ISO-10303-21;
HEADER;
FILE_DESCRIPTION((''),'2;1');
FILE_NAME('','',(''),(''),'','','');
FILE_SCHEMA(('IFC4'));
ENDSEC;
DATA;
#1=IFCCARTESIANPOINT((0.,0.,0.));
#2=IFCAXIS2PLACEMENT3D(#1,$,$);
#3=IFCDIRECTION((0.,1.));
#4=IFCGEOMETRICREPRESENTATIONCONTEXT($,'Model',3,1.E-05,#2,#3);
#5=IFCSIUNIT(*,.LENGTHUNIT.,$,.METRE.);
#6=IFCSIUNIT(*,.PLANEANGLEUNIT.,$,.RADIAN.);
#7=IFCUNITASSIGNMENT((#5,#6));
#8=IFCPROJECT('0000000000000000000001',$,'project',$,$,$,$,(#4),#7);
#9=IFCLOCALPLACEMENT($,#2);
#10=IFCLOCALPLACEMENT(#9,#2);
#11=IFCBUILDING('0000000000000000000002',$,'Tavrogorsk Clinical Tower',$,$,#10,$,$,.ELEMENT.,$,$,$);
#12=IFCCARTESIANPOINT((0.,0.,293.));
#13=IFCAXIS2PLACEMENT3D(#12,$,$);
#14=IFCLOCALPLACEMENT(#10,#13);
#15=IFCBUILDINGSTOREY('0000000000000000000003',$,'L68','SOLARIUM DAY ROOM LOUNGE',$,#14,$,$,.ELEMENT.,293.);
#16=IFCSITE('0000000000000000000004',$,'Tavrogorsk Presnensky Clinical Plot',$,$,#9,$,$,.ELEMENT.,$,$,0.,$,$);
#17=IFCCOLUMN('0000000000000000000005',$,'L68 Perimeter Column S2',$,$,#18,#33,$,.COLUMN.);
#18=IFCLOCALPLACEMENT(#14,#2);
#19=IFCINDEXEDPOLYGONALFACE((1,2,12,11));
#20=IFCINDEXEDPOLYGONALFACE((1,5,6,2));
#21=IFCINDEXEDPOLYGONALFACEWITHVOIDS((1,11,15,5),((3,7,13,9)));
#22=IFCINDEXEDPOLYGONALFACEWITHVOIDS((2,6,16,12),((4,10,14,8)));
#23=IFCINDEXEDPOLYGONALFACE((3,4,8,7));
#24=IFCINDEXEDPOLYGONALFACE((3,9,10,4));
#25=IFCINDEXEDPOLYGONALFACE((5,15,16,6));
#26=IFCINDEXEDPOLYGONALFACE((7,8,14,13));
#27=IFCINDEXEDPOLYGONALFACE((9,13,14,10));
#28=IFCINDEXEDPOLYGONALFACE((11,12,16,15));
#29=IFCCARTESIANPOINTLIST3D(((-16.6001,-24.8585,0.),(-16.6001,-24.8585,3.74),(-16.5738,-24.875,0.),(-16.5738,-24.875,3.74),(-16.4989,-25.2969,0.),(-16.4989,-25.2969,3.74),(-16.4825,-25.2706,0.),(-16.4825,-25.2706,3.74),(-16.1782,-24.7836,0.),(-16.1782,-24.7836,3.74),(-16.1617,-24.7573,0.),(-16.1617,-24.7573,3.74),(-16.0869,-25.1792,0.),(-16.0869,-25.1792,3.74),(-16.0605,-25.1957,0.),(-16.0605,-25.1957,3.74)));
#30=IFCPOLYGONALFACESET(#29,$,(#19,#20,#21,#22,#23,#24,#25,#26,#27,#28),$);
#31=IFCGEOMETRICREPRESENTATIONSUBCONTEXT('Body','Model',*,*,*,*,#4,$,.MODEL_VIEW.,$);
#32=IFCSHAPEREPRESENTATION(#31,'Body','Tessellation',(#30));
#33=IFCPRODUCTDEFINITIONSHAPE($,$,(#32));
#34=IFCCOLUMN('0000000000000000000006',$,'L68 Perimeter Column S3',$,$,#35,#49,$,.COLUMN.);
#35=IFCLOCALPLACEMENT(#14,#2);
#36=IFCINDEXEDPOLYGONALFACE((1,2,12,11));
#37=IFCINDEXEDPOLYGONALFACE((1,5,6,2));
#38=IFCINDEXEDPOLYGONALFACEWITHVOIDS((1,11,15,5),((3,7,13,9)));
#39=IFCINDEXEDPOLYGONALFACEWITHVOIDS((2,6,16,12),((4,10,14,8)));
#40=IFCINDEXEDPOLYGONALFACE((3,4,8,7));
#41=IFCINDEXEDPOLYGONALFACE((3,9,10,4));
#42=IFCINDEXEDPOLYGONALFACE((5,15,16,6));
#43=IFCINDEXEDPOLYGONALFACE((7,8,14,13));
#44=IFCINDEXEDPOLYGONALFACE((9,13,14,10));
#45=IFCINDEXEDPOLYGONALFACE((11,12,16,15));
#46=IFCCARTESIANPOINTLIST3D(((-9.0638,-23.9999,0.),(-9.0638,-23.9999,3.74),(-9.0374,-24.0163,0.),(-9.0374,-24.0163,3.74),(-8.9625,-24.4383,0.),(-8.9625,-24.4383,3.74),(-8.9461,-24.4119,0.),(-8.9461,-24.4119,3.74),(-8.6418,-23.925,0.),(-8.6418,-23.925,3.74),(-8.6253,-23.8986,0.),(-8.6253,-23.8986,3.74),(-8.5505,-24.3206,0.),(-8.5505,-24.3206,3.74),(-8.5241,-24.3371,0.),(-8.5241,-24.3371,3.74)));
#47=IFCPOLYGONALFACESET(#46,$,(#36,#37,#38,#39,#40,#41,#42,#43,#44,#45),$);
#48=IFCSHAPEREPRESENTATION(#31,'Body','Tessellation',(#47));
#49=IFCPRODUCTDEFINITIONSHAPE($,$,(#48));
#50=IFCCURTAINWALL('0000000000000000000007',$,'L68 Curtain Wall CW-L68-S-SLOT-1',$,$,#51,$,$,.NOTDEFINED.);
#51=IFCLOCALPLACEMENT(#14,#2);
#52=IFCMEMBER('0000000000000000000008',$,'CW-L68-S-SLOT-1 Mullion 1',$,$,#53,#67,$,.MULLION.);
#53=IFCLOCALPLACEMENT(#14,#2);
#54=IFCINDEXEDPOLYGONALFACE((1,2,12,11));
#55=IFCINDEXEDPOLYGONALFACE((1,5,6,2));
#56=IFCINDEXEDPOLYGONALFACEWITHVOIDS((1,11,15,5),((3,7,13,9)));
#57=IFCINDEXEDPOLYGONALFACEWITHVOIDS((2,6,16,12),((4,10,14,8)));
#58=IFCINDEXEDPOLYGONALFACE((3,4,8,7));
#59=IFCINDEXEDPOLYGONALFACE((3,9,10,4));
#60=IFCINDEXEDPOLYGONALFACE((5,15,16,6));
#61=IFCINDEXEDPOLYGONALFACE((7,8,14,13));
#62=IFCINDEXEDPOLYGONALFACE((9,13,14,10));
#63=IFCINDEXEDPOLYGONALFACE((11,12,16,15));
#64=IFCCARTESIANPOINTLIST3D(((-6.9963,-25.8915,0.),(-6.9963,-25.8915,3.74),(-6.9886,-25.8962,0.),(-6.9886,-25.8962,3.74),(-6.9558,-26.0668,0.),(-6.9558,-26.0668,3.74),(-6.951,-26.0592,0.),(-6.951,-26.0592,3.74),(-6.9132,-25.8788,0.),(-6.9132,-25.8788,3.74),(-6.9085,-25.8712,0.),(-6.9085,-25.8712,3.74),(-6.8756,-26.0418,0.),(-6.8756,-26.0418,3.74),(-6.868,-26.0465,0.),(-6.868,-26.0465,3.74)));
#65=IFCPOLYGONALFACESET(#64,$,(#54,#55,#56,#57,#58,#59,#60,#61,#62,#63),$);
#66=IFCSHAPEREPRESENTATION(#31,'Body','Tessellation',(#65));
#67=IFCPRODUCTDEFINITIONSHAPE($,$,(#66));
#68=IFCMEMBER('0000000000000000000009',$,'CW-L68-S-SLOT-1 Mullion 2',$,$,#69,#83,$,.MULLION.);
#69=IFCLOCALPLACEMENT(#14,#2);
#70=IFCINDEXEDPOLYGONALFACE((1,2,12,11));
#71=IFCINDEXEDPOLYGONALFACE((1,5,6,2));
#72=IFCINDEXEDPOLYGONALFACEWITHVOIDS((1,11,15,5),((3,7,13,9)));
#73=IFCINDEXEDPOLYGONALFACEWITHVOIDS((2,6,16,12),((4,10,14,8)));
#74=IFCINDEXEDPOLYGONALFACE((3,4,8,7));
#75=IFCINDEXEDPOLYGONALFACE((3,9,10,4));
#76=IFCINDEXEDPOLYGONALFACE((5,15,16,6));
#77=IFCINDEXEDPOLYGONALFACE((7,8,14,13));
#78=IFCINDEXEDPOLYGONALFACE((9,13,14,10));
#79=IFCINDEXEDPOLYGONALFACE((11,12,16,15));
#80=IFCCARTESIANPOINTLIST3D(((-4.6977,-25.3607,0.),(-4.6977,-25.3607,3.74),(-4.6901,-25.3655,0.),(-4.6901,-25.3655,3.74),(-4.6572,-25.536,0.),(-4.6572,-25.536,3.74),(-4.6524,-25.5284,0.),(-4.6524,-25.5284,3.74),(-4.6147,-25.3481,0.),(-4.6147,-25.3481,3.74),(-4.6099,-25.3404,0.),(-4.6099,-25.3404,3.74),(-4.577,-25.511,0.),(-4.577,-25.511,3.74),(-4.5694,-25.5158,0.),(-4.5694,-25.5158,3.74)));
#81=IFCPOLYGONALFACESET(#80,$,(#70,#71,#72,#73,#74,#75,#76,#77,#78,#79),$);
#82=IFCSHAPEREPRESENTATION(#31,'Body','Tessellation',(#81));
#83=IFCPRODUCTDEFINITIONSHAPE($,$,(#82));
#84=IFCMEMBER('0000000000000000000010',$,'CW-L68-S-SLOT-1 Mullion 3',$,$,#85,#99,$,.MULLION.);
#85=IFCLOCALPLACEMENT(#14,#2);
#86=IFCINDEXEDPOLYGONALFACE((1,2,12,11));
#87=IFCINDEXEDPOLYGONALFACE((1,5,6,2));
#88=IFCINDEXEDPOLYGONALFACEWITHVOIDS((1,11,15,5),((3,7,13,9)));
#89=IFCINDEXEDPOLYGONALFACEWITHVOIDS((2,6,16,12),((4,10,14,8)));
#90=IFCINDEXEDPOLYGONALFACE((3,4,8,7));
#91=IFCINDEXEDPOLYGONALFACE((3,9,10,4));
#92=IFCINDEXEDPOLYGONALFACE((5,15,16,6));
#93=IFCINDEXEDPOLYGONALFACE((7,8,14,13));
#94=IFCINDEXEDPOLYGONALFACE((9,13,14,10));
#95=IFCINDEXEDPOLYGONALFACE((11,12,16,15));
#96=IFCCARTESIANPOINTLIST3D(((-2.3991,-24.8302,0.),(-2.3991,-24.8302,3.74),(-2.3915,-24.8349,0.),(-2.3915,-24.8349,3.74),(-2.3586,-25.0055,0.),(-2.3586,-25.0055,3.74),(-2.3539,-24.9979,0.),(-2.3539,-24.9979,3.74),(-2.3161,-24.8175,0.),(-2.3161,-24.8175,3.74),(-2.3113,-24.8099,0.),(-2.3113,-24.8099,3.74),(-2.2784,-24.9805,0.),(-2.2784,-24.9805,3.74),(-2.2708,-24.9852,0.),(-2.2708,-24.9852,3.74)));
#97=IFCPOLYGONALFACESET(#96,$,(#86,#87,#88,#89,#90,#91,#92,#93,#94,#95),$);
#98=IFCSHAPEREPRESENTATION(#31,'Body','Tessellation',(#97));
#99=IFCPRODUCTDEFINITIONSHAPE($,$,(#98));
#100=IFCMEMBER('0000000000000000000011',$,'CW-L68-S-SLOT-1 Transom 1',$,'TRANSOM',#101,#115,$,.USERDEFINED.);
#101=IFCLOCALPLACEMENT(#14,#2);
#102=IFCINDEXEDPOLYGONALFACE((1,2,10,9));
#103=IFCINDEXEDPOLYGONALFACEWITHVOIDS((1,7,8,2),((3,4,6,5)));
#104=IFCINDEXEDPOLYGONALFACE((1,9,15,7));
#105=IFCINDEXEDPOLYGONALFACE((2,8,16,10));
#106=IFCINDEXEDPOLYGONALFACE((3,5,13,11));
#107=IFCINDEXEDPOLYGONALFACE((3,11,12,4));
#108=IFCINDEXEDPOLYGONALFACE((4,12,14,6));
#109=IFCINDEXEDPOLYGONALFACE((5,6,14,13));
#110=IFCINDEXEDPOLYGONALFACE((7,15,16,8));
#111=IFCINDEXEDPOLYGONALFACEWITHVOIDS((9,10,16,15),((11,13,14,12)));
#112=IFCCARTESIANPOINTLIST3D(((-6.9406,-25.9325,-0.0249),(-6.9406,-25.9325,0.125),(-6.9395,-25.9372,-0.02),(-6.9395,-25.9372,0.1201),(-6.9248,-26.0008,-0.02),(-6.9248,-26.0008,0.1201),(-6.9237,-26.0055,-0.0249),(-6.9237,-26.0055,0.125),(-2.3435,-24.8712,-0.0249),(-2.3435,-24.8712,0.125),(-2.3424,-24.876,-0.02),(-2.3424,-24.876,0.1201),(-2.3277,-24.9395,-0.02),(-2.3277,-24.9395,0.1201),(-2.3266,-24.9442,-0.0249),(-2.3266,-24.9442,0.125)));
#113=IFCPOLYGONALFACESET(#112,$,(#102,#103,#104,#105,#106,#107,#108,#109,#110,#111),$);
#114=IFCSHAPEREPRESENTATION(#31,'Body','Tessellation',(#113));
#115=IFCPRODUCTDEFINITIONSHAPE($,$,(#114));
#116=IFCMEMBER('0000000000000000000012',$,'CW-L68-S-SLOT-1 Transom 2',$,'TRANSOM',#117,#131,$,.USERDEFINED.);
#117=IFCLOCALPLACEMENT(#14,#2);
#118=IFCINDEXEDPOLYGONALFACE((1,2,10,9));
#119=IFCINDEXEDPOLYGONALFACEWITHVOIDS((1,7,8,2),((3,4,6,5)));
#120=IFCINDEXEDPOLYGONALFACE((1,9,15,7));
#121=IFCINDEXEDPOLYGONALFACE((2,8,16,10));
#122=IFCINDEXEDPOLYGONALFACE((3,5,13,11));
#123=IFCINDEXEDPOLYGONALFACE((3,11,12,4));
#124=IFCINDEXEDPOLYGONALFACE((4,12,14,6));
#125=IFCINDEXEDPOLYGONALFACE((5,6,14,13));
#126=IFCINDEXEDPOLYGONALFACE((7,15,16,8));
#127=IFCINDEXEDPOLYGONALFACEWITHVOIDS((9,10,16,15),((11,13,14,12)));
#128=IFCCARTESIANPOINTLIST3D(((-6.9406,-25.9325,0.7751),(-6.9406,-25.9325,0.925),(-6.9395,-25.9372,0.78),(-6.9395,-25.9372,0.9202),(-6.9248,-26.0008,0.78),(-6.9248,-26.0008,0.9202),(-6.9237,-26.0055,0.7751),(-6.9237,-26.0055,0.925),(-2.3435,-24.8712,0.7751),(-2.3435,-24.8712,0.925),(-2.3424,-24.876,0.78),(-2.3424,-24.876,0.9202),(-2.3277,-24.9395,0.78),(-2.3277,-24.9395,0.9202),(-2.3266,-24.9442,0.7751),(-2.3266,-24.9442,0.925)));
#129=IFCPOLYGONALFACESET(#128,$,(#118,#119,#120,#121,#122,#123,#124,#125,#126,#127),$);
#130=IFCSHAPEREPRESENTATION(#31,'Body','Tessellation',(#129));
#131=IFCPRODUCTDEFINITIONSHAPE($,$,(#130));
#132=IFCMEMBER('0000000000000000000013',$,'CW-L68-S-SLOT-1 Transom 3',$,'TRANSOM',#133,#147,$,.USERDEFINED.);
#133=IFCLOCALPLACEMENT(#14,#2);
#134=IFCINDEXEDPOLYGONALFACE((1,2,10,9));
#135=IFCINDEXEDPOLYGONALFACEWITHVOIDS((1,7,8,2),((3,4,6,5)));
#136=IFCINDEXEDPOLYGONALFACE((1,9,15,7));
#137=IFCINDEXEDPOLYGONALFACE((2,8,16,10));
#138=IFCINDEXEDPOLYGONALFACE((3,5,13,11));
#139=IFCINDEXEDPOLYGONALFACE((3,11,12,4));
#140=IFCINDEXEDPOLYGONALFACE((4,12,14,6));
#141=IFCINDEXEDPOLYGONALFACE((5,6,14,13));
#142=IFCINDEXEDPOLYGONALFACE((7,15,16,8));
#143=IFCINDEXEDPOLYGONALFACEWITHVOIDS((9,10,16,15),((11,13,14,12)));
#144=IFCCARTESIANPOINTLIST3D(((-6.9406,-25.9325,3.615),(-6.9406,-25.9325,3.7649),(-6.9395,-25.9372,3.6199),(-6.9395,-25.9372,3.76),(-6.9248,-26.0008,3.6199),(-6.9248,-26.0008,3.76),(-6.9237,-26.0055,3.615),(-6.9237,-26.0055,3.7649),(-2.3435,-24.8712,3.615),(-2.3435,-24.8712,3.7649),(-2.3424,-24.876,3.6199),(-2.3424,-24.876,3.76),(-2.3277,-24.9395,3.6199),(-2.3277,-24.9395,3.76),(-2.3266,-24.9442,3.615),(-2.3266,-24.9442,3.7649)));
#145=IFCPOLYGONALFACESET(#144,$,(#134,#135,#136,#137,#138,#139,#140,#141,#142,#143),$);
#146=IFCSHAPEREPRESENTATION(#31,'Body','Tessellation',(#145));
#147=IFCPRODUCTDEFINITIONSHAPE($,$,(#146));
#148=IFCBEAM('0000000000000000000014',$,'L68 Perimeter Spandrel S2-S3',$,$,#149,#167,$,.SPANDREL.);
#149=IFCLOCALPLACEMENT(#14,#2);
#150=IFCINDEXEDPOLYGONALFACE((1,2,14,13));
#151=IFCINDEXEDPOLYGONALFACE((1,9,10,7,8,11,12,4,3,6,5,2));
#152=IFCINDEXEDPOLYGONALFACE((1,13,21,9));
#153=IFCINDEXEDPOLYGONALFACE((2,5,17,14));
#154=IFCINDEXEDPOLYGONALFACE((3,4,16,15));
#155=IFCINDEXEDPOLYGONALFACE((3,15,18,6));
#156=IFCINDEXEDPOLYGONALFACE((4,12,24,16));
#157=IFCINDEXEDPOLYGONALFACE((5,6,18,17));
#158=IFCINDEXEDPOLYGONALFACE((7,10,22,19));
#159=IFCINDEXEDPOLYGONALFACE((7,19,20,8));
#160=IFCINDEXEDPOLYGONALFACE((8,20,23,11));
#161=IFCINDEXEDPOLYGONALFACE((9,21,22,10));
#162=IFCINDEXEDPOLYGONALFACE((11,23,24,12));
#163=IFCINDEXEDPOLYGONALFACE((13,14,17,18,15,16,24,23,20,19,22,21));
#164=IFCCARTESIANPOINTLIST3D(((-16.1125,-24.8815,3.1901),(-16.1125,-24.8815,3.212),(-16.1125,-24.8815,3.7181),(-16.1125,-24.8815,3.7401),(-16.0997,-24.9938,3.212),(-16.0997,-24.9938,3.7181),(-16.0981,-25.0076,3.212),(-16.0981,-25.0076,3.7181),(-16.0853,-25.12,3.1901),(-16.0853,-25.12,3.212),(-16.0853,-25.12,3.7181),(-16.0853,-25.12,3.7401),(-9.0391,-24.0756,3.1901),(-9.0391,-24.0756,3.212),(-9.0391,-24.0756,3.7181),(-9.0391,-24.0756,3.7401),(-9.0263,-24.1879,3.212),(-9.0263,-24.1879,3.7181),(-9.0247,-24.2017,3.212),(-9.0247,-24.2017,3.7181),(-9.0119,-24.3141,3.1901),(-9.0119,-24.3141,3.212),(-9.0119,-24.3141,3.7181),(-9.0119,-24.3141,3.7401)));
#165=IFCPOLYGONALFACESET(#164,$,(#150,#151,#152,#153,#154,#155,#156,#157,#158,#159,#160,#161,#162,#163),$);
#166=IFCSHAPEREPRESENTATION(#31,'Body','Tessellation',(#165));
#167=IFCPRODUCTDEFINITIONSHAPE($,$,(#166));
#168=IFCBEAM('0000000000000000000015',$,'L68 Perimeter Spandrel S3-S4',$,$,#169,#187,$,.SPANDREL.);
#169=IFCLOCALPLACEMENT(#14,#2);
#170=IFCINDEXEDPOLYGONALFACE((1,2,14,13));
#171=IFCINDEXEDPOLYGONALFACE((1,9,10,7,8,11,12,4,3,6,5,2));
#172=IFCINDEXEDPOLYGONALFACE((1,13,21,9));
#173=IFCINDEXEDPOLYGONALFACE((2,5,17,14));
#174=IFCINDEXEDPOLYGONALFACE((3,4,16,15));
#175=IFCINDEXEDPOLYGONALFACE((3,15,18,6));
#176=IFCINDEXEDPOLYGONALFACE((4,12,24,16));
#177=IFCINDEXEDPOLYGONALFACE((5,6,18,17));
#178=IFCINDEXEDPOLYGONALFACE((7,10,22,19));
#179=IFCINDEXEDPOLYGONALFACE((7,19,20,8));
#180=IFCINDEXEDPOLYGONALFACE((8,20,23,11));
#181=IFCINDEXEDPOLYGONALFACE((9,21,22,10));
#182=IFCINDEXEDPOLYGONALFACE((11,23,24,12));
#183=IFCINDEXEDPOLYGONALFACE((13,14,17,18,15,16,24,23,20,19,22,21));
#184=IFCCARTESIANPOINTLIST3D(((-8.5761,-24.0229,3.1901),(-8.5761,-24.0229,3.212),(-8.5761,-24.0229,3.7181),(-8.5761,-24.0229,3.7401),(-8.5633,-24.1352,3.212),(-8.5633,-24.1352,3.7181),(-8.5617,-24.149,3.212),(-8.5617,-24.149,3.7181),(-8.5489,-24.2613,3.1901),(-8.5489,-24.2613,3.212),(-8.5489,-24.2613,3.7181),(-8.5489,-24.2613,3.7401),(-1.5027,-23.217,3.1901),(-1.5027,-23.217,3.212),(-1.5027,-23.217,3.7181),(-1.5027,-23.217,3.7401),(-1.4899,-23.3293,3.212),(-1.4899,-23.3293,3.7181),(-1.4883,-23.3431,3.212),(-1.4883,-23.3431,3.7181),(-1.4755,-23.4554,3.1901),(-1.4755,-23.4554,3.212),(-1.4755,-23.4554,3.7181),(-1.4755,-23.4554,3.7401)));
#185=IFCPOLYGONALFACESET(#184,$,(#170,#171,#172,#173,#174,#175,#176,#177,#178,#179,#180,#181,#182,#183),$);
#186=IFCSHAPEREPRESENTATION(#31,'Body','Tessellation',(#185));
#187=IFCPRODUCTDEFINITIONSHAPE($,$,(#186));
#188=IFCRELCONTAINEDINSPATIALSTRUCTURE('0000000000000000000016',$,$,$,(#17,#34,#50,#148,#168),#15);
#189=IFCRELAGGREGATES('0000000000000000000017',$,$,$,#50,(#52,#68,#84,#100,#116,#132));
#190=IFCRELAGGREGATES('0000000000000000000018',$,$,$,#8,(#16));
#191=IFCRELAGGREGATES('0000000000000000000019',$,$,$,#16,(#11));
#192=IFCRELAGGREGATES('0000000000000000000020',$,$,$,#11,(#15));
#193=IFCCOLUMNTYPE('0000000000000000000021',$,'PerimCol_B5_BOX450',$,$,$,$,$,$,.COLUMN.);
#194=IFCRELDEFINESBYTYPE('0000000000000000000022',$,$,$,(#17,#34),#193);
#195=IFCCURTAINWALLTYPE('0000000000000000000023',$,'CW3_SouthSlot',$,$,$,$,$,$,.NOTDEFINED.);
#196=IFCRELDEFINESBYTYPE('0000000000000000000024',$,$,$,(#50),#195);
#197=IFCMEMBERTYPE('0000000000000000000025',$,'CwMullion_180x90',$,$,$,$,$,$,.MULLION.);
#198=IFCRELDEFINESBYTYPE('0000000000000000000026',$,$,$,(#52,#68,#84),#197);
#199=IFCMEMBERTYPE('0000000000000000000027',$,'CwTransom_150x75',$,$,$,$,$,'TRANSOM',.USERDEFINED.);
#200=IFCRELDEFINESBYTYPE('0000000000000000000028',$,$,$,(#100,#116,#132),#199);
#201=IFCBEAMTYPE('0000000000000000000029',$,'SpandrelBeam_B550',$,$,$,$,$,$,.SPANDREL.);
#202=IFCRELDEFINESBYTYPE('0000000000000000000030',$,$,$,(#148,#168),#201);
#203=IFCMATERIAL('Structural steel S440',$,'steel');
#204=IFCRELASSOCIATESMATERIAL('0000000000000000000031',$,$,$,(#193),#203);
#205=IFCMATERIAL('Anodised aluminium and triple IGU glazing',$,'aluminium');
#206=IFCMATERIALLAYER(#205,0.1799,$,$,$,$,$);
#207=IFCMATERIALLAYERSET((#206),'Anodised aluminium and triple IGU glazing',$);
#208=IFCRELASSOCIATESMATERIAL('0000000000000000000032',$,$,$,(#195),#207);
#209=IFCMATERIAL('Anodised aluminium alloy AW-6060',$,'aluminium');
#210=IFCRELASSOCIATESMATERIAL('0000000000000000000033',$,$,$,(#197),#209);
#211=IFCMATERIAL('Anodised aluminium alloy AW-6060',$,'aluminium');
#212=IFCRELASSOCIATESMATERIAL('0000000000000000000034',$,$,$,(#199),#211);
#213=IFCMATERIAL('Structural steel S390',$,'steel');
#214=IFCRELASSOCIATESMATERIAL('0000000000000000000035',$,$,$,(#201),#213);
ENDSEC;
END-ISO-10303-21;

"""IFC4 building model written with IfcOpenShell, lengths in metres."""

from ifc_helpers import new_model, si_unit, direction, frame, origin, origin_2d, place, context, subcontext, project, spatial, hollow_rectangle, i_section, extrude, material, layer, layer_set, material_profile, profile_set, type_object, element, aggregate, save


model = new_model("IFC4")

# Units and contexts
model_context = context("Model", 3, precision=1e-05, world=origin(), true_north=direction((0.0, 1.0)))
body_context = subcontext(model_context, "Body", "Model", "MODEL_VIEW")
ifc_project = project(units=[si_unit("LENGTHUNIT", "METRE"), si_unit("PLANEANGLEUNIT", "RADIAN")], contexts=[model_context])

# Site, building, storey
site_placement = place(None, origin())
site = spatial("IfcSite", under=ifc_project, at=site_placement, Name="Tavrogorsk Presnensky Clinical Plot", CompositionType="ELEMENT", RefElevation=0.0)
building_placement = place(site_placement, origin())
building = spatial("IfcBuilding", under=site, at=building_placement, Name="Tavrogorsk Clinical Tower", CompositionType="ELEMENT")
storey_placement = place(building_placement, frame((0.0, 0.0, 293.0)))
storey = spatial("IfcBuildingStorey", under=building, at=storey_placement, Name="L68", Description="SOLARIUM DAY ROOM LOUNGE", CompositionType="ELEMENT", Elevation=293.0)

# Columns
ifc_material_1 = material(Name="Structural steel S440", Category="steel")
ifc_material_profile_1 = material_profile(ifc_material_1, hollow_rectangle(XDim=0.45, YDim=0.45, WallThickness=0.022, at=origin_2d()), Name="BOX-450x450x22")
ifc_profile_set_1 = profile_set([ifc_material_profile_1], Name="Structural steel S440")
column_type = type_object("IfcColumnType", Name="PerimCol_B5_BOX450", PredefinedType="COLUMN", material=ifc_profile_set_1)
for number, where, z_axis, x_axis, name in (
    (1, (-16.3303, -25.0271, 0.0), (0.0, 0.0, 1.0), (0.97437, 0.224951, 0.0), "L68 Perimeter Column S2"),
    (2, (-8.7939, -24.1685, 0.0), (0.0, 0.0, 1.0), (0.97437, 0.224951, 0.0), "L68 Perimeter Column S3"),
):
    element("IfcColumn", number, at=place(storey_placement, frame(where, z_axis=z_axis, x_axis=x_axis)), inside=storey, type_object=column_type, Name=name, PredefinedType="COLUMN", context=body_context, shape_type="SweptSolid", body=[
        extrude(hollow_rectangle(XDim=0.45, YDim=0.45, WallThickness=0.022, at=origin_2d()), origin(), (0.0, 0.0, 1.0), 3.74),
    ])

# Curtain wall, members
ifc_material_2 = material(Name="Anodised aluminium and triple IGU glazing", Category="aluminium")
ifc_layer_1 = layer(ifc_material_2, 0.1799)
ifc_layer_set_1 = layer_set([ifc_layer_1], Name="Anodised aluminium and triple IGU glazing")
curtain_wall_type = type_object("IfcCurtainWallType", Name="CW3_SouthSlot", PredefinedType="NOTDEFINED", material=ifc_layer_set_1)
curtain_wall_placement = place(storey_placement, origin())
curtain_wall = element("IfcCurtainWall", 3, at=curtain_wall_placement, inside=storey, type_object=curtain_wall_type, Name="L68 Curtain Wall CW-L68-S-SLOT-1", PredefinedType="NOTDEFINED")
ifc_material_3 = material(Name="Anodised aluminium alloy AW-6060", Category="aluminium")
ifc_material_profile_2 = material_profile(ifc_material_3, hollow_rectangle(XDim=0.0901, YDim=0.1799, WallThickness=0.0063, at=origin_2d()), Name="RHS-180x90x6.3")
ifc_profile_set_2 = profile_set([ifc_material_profile_2], Name="Anodised aluminium alloy AW-6060")
member_type_1 = type_object("IfcMemberType", Name="CwMullion_180x90", PredefinedType="MULLION", material=ifc_profile_set_2)
member_1_placement = place(storey_placement, frame((-6.9321, -25.969, 0.0), z_axis=(0.0, 0.0, 1.0), x_axis=(0.97437, 0.224951, 0.0)))
member_1 = element("IfcMember", 4, at=member_1_placement, type_object=member_type_1, Name="CW-L68-S-SLOT-1 Mullion 1", PredefinedType="MULLION", context=body_context, shape_type="SweptSolid", body=[
    extrude(hollow_rectangle(XDim=0.0901, YDim=0.1799, WallThickness=0.0063, at=origin_2d()), origin(), (0.0, 0.0, 1.0), 3.74),
])
member_2_placement = place(storey_placement, frame((-4.6335, -25.4382, 0.0), z_axis=(0.0, 0.0, 1.0), x_axis=(0.97437, 0.224951, 0.0)))
member_2 = element("IfcMember", 5, at=member_2_placement, type_object=member_type_1, Name="CW-L68-S-SLOT-1 Mullion 2", PredefinedType="MULLION", context=body_context, shape_type="SweptSolid", body=[
    extrude(hollow_rectangle(XDim=0.0901, YDim=0.1799, WallThickness=0.0063, at=origin_2d()), origin(), (0.0, 0.0, 1.0), 3.74),
])
member_3_placement = place(storey_placement, frame((-2.335, -24.9077, 0.0), z_axis=(0.0, 0.0, 1.0), x_axis=(0.97437, 0.224951, 0.0)))
member_3 = element("IfcMember", 6, at=member_3_placement, type_object=member_type_1, Name="CW-L68-S-SLOT-1 Mullion 3", PredefinedType="MULLION", context=body_context, shape_type="SweptSolid", body=[
    extrude(hollow_rectangle(XDim=0.0901, YDim=0.1799, WallThickness=0.0063, at=origin_2d()), origin(), (0.0, 0.0, 1.0), 3.74),
])
ifc_material_4 = material(Name="Anodised aluminium alloy AW-6060", Category="aluminium")
ifc_material_profile_3 = material_profile(ifc_material_4, hollow_rectangle(XDim=0.075, YDim=0.1499, WallThickness=0.0049, at=origin_2d()), Name="RHS-150x75x5")
ifc_profile_set_3 = profile_set([ifc_material_profile_3], Name="Anodised aluminium alloy AW-6060")
member_type_2 = type_object("IfcMemberType", Name="CwTransom_150x75", ElementType="TRANSOM", PredefinedType="USERDEFINED", material=ifc_profile_set_3)
member_4_placement = place(storey_placement, frame((-6.9321, -25.969, 0.05), z_axis=(0.974373, 0.224939, 0.0), x_axis=(-0.224939, 0.974373, 0.0)))
member_4 = element("IfcMember", 7, at=member_4_placement, type_object=member_type_2, Name="CW-L68-S-SLOT-1 Transom 1", ObjectType="TRANSOM", PredefinedType="USERDEFINED", context=body_context, shape_type="SweptSolid", body=[
    extrude(hollow_rectangle(XDim=0.075, YDim=0.1499, WallThickness=0.0049, at=origin_2d()), origin(), (0.0, 0.0, 1.0), 4.718),
])
member_5_placement = place(storey_placement, frame((-6.9321, -25.969, 0.8501), z_axis=(0.974373, 0.224939, 0.0), x_axis=(-0.224939, 0.974373, 0.0)))
member_5 = element("IfcMember", 8, at=member_5_placement, type_object=member_type_2, Name="CW-L68-S-SLOT-1 Transom 2", ObjectType="TRANSOM", PredefinedType="USERDEFINED", context=body_context, shape_type="SweptSolid", body=[
    extrude(hollow_rectangle(XDim=0.075, YDim=0.1499, WallThickness=0.0049, at=origin_2d()), origin(), (0.0, 0.0, 1.0), 4.718),
])
member_6_placement = place(storey_placement, frame((-6.9321, -25.969, 3.6899), z_axis=(0.974373, 0.224939, 0.0), x_axis=(-0.224939, 0.974373, 0.0)))
member_6 = element("IfcMember", 9, at=member_6_placement, type_object=member_type_2, Name="CW-L68-S-SLOT-1 Transom 3", ObjectType="TRANSOM", PredefinedType="USERDEFINED", context=body_context, shape_type="SweptSolid", body=[
    extrude(hollow_rectangle(XDim=0.075, YDim=0.1499, WallThickness=0.0049, at=origin_2d()), origin(), (0.0, 0.0, 1.0), 4.718),
])

# Beams
ifc_material_5 = material(Name="Structural steel S390", Category="steel")
ifc_material_profile_4 = material_profile(ifc_material_5, i_section(OverallWidth=0.24, OverallDepth=0.55, WebThickness=0.0139, FlangeThickness=0.022, at=origin_2d()), Name="B-550x240x14x22")
ifc_profile_set_4 = profile_set([ifc_material_profile_4], Name="Structural steel S390")
beam_type = type_object("IfcBeamType", Name="SpandrelBeam_B550", PredefinedType="SPANDREL", material=ifc_profile_set_4)
for number, where, z_axis, x_axis, name in (
    (10, (-16.0989, -25.0007, 3.4651), (0.993572, 0.113201, 0.0), (-0.113201, 0.993572, 0.0), "L68 Perimeter Spandrel S2-S3"),
    (11, (-8.5625, -24.1421, 3.4651), (0.993572, 0.113201, 0.0), (-0.113201, 0.993572, 0.0), "L68 Perimeter Spandrel S3-S4"),
):
    element("IfcBeam", number, at=place(storey_placement, frame(where, z_axis=z_axis, x_axis=x_axis)), inside=storey, type_object=beam_type, Name=name, PredefinedType="SPANDREL", context=body_context, shape_type="SweptSolid", body=[
        extrude(i_section(OverallWidth=0.24, OverallDepth=0.55, WebThickness=0.0139, FlangeThickness=0.022, at=origin_2d()), origin(), (0.0, 0.0, 1.0), 7.1191),
    ])

aggregate(curtain_wall, [member_1, member_2, member_3, member_4, member_5, member_6])

save(model, "model.ifc")
